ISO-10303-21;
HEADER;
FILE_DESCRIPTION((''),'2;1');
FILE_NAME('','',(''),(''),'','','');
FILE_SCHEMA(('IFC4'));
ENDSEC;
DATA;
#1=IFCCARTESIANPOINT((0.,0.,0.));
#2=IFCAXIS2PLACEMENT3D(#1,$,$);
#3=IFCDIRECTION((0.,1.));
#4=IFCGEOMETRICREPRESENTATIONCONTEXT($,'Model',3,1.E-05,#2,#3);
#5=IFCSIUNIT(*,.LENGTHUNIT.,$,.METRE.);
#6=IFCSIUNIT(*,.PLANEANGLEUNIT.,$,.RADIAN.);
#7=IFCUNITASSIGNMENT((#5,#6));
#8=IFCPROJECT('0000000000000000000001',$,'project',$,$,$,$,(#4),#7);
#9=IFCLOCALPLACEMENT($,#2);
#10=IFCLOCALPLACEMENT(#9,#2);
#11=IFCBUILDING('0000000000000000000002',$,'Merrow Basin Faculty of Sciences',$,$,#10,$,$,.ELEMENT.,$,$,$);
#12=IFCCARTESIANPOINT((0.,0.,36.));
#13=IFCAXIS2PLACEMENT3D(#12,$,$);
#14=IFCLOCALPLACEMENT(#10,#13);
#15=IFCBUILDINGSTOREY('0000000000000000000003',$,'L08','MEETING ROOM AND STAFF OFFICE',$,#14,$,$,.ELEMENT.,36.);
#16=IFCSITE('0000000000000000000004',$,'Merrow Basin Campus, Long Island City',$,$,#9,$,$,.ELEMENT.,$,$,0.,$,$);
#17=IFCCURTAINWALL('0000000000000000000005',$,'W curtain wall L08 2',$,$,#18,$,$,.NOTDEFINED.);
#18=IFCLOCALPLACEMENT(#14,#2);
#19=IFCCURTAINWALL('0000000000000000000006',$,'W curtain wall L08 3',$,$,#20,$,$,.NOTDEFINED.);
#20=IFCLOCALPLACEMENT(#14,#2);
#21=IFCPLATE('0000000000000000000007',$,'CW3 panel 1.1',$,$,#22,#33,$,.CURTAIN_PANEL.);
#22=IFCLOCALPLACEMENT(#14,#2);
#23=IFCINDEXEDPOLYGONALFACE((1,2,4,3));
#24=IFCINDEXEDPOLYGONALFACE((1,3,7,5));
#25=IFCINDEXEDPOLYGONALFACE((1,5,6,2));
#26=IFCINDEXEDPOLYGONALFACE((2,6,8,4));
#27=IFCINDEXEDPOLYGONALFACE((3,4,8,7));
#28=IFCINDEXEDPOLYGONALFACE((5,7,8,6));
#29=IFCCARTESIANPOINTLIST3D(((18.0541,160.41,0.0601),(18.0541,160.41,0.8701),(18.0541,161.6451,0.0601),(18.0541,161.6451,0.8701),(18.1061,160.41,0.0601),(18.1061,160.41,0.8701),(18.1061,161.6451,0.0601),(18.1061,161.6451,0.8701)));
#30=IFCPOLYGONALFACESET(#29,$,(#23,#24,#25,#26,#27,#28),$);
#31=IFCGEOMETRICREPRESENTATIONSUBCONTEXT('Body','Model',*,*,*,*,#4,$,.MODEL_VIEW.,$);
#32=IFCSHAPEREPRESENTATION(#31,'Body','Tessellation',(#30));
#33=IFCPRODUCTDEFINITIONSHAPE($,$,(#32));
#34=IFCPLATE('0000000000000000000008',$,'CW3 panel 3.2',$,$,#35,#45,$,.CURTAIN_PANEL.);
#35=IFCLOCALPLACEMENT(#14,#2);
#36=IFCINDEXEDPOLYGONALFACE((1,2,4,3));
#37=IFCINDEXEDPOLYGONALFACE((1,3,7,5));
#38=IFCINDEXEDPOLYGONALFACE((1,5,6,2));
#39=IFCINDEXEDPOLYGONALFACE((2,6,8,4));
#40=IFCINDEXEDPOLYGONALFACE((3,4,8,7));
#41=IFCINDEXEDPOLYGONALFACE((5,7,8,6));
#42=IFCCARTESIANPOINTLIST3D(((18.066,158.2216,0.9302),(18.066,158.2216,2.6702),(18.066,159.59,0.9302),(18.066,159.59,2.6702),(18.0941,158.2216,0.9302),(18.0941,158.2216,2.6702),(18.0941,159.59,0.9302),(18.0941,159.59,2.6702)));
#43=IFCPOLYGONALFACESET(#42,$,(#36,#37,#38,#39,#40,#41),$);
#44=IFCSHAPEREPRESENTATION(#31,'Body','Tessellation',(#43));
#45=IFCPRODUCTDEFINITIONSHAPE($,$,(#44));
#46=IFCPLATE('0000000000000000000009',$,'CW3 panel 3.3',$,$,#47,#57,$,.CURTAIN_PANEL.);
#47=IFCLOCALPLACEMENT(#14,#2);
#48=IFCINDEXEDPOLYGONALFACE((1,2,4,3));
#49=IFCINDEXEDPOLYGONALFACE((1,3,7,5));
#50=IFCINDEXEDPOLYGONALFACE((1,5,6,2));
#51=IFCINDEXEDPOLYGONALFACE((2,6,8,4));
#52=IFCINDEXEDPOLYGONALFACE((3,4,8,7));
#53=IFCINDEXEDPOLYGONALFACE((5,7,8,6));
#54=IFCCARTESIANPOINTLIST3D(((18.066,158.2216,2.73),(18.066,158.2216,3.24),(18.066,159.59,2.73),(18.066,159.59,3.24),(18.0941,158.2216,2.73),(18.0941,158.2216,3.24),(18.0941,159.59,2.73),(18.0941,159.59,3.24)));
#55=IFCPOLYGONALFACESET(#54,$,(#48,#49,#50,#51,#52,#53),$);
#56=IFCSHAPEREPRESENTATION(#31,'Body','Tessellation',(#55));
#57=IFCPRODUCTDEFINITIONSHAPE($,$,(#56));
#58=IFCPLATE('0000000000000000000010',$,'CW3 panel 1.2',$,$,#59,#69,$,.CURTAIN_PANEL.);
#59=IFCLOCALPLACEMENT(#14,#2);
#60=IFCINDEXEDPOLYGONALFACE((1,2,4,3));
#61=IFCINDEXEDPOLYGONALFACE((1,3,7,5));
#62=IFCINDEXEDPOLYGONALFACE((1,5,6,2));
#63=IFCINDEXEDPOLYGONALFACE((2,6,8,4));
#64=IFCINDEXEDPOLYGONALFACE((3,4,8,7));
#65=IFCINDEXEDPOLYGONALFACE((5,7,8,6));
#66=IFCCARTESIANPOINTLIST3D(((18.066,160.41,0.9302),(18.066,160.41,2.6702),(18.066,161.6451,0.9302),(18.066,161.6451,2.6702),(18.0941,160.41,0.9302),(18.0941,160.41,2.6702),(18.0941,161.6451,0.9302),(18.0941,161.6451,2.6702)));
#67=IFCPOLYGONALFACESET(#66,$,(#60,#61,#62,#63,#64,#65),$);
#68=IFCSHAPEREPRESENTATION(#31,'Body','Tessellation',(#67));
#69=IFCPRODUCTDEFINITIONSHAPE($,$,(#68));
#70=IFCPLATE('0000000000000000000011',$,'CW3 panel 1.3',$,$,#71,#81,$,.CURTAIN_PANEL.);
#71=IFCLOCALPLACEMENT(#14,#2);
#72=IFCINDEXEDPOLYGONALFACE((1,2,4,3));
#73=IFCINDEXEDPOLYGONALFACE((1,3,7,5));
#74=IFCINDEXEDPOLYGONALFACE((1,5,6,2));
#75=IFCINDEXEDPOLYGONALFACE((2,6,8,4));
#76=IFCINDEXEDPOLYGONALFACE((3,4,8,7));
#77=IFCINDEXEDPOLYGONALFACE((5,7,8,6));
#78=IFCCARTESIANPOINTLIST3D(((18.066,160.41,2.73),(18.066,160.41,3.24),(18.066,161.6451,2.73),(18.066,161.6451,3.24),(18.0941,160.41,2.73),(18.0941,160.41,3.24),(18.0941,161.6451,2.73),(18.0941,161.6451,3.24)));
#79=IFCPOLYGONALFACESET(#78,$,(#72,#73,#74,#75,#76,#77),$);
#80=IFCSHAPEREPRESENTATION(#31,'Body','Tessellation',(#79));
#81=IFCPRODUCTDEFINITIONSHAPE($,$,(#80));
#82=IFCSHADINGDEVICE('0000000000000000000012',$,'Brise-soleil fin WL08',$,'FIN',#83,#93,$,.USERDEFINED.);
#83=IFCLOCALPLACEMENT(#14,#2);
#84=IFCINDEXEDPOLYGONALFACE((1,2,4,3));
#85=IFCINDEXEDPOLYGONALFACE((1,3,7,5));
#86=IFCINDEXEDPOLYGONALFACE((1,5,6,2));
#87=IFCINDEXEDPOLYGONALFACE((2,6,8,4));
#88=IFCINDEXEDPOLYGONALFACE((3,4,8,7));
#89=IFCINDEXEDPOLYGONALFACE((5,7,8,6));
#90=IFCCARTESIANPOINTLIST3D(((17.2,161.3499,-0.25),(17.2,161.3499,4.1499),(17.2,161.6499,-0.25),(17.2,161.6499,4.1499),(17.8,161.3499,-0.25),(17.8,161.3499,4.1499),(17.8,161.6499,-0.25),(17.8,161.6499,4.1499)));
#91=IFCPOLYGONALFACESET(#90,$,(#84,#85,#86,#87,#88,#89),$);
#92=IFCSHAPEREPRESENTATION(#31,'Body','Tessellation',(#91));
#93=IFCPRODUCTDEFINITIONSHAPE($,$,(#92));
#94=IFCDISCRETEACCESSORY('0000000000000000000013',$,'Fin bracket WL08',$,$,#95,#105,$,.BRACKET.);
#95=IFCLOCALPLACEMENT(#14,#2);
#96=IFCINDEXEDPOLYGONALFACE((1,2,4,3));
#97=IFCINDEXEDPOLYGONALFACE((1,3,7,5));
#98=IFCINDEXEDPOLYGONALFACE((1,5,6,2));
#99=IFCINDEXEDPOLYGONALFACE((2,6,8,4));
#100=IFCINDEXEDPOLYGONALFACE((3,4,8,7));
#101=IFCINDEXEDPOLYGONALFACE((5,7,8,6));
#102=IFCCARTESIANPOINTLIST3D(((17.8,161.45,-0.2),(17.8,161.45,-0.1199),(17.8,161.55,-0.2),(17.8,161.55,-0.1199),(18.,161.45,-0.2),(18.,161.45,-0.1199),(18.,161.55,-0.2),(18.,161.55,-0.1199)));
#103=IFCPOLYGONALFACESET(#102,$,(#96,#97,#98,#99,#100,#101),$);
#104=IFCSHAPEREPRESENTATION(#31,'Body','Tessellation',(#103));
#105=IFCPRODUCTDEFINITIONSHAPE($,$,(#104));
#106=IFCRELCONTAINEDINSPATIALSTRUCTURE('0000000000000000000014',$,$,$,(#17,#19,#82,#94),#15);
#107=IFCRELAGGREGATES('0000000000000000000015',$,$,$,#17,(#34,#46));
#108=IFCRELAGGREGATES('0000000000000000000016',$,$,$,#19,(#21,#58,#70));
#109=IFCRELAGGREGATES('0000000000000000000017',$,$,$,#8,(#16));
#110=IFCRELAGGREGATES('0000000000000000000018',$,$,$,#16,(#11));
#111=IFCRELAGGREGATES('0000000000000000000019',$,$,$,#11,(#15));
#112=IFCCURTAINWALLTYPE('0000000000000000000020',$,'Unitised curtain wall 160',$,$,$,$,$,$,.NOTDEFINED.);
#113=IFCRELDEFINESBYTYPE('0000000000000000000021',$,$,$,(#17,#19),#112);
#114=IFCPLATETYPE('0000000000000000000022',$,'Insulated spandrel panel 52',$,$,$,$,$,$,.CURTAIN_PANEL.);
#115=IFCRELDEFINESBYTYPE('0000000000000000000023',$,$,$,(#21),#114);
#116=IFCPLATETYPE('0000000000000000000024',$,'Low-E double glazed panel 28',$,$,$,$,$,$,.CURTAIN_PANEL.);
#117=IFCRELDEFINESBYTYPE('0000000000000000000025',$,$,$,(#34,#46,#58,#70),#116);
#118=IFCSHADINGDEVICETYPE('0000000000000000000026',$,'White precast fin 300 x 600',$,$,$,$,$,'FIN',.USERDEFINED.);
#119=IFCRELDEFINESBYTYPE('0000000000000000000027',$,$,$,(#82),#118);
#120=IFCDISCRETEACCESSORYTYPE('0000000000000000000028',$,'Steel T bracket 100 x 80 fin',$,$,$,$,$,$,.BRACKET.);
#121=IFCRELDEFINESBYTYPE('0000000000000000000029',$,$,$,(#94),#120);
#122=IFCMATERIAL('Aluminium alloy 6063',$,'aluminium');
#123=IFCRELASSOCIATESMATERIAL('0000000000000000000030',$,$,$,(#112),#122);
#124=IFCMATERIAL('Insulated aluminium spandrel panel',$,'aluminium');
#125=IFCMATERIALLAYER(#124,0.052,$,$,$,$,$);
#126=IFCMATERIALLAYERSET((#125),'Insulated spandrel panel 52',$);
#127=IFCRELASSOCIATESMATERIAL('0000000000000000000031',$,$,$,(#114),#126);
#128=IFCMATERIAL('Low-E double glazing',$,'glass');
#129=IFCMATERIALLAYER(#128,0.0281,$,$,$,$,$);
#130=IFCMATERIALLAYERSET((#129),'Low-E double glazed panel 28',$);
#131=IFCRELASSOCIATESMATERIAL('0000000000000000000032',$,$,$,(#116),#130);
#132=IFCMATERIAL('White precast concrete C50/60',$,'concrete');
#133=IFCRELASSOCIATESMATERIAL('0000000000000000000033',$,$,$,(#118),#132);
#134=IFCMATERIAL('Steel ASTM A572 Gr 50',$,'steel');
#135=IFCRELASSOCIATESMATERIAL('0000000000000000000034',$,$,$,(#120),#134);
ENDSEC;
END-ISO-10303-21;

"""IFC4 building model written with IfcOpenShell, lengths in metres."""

from ifc_helpers import new_model, si_unit, direction, frame, origin, origin_2d, place, context, subcontext, project, spatial, polyline, rectangle, outline, extrude, source, transform, mapped, material, layer, layer_set, type_object, element, aggregate, save


model = new_model("IFC4")

# Units and contexts
model_context = context("Model", 3, precision=1e-05, world=origin(), true_north=direction((0.0, 1.0)))
body_context = subcontext(model_context, "Body", "Model", "MODEL_VIEW")
ifc_project = project(units=[si_unit("LENGTHUNIT", "METRE"), si_unit("PLANEANGLEUNIT", "RADIAN")], contexts=[model_context])

# Site, building, storey
site_placement = place(None, origin())
site = spatial("IfcSite", under=ifc_project, at=site_placement, Name="Merrow Basin Campus, Long Island City", CompositionType="ELEMENT", RefElevation=0.0)
building_placement = place(site_placement, origin())
building = spatial("IfcBuilding", under=site, at=building_placement, Name="Merrow Basin Faculty of Sciences", CompositionType="ELEMENT")
storey_placement = place(building_placement, frame((0.0, 0.0, 36.0)))
storey = spatial("IfcBuildingStorey", under=building, at=storey_placement, Name="L08", Description="MEETING ROOM AND STAFF OFFICE", CompositionType="ELEMENT", Elevation=36.0)

# Curtain wall
ifc_material_1 = material(Name="Aluminium alloy 6063", Category="aluminium")
curtain_wall_type = type_object("IfcCurtainWallType", Name="Unitised curtain wall 160", PredefinedType="NOTDEFINED", material=ifc_material_1)
curtain_wall_1_placement = place(storey_placement, origin())
curtain_wall_1 = element("IfcCurtainWall", 1, at=curtain_wall_1_placement, inside=storey, type_object=curtain_wall_type, Name="W curtain wall L08 2", PredefinedType="NOTDEFINED")

# Curtain wall
curtain_wall_2_placement = place(storey_placement, origin())
curtain_wall_2 = element("IfcCurtainWall", 2, at=curtain_wall_2_placement, inside=storey, type_object=curtain_wall_type, Name="W curtain wall L08 3", PredefinedType="NOTDEFINED")

# Plates
ifc_material_2 = material(Name="Insulated aluminium spandrel panel", Category="aluminium")
ifc_layer_1 = layer(ifc_material_2, 0.052)
ifc_layer_set_1 = layer_set([ifc_layer_1], Name="Insulated spandrel panel 52")
plate_type_1 = type_object("IfcPlateType", Name="Insulated spandrel panel 52", PredefinedType="CURTAIN_PANEL", material=ifc_layer_set_1)
plate_1_placement = place(storey_placement, frame((18.0801, 161.0276, 0.0601), z_axis=(0.0, 0.0, 1.0), x_axis=(0.0, 1.0, 0.0)))
plate_1 = element("IfcPlate", 3, at=plate_1_placement, type_object=plate_type_1, Name="CW3 panel 1.1", PredefinedType="CURTAIN_PANEL", context=body_context, shape_type="SweptSolid", body=[
    extrude(rectangle(XDim=1.2351, YDim=0.052, at=origin_2d()), origin(), (0.0, 0.0, 1.0), 0.8101),
])
ifc_material_3 = material(Name="Low-E double glazing", Category="glass")
ifc_layer_2 = layer(ifc_material_3, 0.0281)
ifc_layer_set_2 = layer_set([ifc_layer_2], Name="Low-E double glazed panel 28")
plate_type_2 = type_object("IfcPlateType", Name="Low-E double glazed panel 28", PredefinedType="CURTAIN_PANEL", material=ifc_layer_set_2)
plate_2_placement = place(storey_placement, frame((18.0801, 158.9058, 0.9302), z_axis=(0.0, 0.0, 1.0), x_axis=(0.0, 1.0, 0.0)))
plate_2 = element("IfcPlate", 4, at=plate_2_placement, type_object=plate_type_2, Name="CW3 panel 3.2", PredefinedType="CURTAIN_PANEL", context=body_context, shape_type="SweptSolid", body=[
    extrude(rectangle(XDim=1.3684, YDim=0.0281, at=origin_2d()), origin(), (0.0, 0.0, 1.0), 1.74),
])
plate_3_placement = place(storey_placement, frame((18.0801, 158.9058, 2.73), z_axis=(0.0, 0.0, 1.0), x_axis=(0.0, 1.0, 0.0)))
plate_3 = element("IfcPlate", 5, at=plate_3_placement, type_object=plate_type_2, Name="CW3 panel 3.3", PredefinedType="CURTAIN_PANEL", context=body_context, shape_type="SweptSolid", body=[
    extrude(rectangle(XDim=1.3684, YDim=0.0281, at=origin_2d()), origin(), (0.0, 0.0, 1.0), 0.51),
])
aggregate(curtain_wall_1, [plate_2, plate_3])
plate_4_placement = place(storey_placement, frame((18.0801, 161.0276, 0.9302), z_axis=(0.0, 0.0, 1.0), x_axis=(0.0, 1.0, 0.0)))
plate_4 = element("IfcPlate", 6, at=plate_4_placement, type_object=plate_type_2, Name="CW3 panel 1.2", PredefinedType="CURTAIN_PANEL", context=body_context, shape_type="SweptSolid", body=[
    extrude(rectangle(XDim=1.2351, YDim=0.0281, at=origin_2d()), origin(), (0.0, 0.0, 1.0), 1.74),
])
plate_5_placement = place(storey_placement, frame((18.0801, 161.0276, 2.73), z_axis=(0.0, 0.0, 1.0), x_axis=(0.0, 1.0, 0.0)))
plate_5 = element("IfcPlate", 7, at=plate_5_placement, type_object=plate_type_2, Name="CW3 panel 1.3", PredefinedType="CURTAIN_PANEL", context=body_context, shape_type="SweptSolid", body=[
    extrude(rectangle(XDim=1.2351, YDim=0.0281, at=origin_2d()), origin(), (0.0, 0.0, 1.0), 0.51),
])
aggregate(curtain_wall_2, [plate_1, plate_4, plate_5])

# Shading device
ifc_material_4 = material(Name="White precast concrete C50/60", Category="concrete")
shading_device_type = type_object("IfcShadingDeviceType", Name="White precast fin 300 x 600", ElementType="FIN", PredefinedType="USERDEFINED", material=ifc_material_4)
shared_shape_1 = source(origin(), body_context, "Body", "SweptSolid", [
    extrude(outline(polyline([(0.0, 0.0), (0.3, 0.0), (0.3, 4.3999), (0.0, 4.3999), (0.0, 0.0)])), origin(), (0.0, 0.0, 1.0), 0.6001),
])
shading_device_placement = place(storey_placement, frame((17.8, 161.6499, -0.25), z_axis=(-1.0, 0.0, 0.0), x_axis=(0.0, -1.0, 0.0)))
element("IfcShadingDevice", 8, at=shading_device_placement, inside=storey, type_object=shading_device_type, Name="Brise-soleil fin WL08", ObjectType="FIN", PredefinedType="USERDEFINED", context=body_context, shape_type="MappedRepresentation", body=[
    mapped(shared_shape_1, transform((0.0, 0.0, 0.0), scale=1.0)),
])

# Discrete accessory
ifc_material_5 = material(Name="Steel ASTM A572 Gr 50", Category="steel")
discrete_accessory_type = type_object("IfcDiscreteAccessoryType", Name="Steel T bracket 100 x 80 fin", PredefinedType="BRACKET", material=ifc_material_5)
shared_shape_2 = source(origin(), body_context, "Body", "SweptSolid", [
    extrude(outline(polyline([(0.0, 0.0), (0.1001, 0.0), (0.1001, 0.0801), (0.0, 0.0801), (0.0, 0.0)])), origin(), (0.0, 0.0, 1.0), 0.2),
])
discrete_accessory_placement = place(storey_placement, frame((18.0, 161.55, -0.2), z_axis=(-1.0, 0.0, 0.0), x_axis=(0.0, -1.0, 0.0)))
element("IfcDiscreteAccessory", 9, at=discrete_accessory_placement, inside=storey, type_object=discrete_accessory_type, Name="Fin bracket WL08", PredefinedType="BRACKET", context=body_context, shape_type="MappedRepresentation", body=[
    mapped(shared_shape_2, transform((0.0, 0.0, 0.0), scale=1.0)),
])

save(model, "model.ifc")
